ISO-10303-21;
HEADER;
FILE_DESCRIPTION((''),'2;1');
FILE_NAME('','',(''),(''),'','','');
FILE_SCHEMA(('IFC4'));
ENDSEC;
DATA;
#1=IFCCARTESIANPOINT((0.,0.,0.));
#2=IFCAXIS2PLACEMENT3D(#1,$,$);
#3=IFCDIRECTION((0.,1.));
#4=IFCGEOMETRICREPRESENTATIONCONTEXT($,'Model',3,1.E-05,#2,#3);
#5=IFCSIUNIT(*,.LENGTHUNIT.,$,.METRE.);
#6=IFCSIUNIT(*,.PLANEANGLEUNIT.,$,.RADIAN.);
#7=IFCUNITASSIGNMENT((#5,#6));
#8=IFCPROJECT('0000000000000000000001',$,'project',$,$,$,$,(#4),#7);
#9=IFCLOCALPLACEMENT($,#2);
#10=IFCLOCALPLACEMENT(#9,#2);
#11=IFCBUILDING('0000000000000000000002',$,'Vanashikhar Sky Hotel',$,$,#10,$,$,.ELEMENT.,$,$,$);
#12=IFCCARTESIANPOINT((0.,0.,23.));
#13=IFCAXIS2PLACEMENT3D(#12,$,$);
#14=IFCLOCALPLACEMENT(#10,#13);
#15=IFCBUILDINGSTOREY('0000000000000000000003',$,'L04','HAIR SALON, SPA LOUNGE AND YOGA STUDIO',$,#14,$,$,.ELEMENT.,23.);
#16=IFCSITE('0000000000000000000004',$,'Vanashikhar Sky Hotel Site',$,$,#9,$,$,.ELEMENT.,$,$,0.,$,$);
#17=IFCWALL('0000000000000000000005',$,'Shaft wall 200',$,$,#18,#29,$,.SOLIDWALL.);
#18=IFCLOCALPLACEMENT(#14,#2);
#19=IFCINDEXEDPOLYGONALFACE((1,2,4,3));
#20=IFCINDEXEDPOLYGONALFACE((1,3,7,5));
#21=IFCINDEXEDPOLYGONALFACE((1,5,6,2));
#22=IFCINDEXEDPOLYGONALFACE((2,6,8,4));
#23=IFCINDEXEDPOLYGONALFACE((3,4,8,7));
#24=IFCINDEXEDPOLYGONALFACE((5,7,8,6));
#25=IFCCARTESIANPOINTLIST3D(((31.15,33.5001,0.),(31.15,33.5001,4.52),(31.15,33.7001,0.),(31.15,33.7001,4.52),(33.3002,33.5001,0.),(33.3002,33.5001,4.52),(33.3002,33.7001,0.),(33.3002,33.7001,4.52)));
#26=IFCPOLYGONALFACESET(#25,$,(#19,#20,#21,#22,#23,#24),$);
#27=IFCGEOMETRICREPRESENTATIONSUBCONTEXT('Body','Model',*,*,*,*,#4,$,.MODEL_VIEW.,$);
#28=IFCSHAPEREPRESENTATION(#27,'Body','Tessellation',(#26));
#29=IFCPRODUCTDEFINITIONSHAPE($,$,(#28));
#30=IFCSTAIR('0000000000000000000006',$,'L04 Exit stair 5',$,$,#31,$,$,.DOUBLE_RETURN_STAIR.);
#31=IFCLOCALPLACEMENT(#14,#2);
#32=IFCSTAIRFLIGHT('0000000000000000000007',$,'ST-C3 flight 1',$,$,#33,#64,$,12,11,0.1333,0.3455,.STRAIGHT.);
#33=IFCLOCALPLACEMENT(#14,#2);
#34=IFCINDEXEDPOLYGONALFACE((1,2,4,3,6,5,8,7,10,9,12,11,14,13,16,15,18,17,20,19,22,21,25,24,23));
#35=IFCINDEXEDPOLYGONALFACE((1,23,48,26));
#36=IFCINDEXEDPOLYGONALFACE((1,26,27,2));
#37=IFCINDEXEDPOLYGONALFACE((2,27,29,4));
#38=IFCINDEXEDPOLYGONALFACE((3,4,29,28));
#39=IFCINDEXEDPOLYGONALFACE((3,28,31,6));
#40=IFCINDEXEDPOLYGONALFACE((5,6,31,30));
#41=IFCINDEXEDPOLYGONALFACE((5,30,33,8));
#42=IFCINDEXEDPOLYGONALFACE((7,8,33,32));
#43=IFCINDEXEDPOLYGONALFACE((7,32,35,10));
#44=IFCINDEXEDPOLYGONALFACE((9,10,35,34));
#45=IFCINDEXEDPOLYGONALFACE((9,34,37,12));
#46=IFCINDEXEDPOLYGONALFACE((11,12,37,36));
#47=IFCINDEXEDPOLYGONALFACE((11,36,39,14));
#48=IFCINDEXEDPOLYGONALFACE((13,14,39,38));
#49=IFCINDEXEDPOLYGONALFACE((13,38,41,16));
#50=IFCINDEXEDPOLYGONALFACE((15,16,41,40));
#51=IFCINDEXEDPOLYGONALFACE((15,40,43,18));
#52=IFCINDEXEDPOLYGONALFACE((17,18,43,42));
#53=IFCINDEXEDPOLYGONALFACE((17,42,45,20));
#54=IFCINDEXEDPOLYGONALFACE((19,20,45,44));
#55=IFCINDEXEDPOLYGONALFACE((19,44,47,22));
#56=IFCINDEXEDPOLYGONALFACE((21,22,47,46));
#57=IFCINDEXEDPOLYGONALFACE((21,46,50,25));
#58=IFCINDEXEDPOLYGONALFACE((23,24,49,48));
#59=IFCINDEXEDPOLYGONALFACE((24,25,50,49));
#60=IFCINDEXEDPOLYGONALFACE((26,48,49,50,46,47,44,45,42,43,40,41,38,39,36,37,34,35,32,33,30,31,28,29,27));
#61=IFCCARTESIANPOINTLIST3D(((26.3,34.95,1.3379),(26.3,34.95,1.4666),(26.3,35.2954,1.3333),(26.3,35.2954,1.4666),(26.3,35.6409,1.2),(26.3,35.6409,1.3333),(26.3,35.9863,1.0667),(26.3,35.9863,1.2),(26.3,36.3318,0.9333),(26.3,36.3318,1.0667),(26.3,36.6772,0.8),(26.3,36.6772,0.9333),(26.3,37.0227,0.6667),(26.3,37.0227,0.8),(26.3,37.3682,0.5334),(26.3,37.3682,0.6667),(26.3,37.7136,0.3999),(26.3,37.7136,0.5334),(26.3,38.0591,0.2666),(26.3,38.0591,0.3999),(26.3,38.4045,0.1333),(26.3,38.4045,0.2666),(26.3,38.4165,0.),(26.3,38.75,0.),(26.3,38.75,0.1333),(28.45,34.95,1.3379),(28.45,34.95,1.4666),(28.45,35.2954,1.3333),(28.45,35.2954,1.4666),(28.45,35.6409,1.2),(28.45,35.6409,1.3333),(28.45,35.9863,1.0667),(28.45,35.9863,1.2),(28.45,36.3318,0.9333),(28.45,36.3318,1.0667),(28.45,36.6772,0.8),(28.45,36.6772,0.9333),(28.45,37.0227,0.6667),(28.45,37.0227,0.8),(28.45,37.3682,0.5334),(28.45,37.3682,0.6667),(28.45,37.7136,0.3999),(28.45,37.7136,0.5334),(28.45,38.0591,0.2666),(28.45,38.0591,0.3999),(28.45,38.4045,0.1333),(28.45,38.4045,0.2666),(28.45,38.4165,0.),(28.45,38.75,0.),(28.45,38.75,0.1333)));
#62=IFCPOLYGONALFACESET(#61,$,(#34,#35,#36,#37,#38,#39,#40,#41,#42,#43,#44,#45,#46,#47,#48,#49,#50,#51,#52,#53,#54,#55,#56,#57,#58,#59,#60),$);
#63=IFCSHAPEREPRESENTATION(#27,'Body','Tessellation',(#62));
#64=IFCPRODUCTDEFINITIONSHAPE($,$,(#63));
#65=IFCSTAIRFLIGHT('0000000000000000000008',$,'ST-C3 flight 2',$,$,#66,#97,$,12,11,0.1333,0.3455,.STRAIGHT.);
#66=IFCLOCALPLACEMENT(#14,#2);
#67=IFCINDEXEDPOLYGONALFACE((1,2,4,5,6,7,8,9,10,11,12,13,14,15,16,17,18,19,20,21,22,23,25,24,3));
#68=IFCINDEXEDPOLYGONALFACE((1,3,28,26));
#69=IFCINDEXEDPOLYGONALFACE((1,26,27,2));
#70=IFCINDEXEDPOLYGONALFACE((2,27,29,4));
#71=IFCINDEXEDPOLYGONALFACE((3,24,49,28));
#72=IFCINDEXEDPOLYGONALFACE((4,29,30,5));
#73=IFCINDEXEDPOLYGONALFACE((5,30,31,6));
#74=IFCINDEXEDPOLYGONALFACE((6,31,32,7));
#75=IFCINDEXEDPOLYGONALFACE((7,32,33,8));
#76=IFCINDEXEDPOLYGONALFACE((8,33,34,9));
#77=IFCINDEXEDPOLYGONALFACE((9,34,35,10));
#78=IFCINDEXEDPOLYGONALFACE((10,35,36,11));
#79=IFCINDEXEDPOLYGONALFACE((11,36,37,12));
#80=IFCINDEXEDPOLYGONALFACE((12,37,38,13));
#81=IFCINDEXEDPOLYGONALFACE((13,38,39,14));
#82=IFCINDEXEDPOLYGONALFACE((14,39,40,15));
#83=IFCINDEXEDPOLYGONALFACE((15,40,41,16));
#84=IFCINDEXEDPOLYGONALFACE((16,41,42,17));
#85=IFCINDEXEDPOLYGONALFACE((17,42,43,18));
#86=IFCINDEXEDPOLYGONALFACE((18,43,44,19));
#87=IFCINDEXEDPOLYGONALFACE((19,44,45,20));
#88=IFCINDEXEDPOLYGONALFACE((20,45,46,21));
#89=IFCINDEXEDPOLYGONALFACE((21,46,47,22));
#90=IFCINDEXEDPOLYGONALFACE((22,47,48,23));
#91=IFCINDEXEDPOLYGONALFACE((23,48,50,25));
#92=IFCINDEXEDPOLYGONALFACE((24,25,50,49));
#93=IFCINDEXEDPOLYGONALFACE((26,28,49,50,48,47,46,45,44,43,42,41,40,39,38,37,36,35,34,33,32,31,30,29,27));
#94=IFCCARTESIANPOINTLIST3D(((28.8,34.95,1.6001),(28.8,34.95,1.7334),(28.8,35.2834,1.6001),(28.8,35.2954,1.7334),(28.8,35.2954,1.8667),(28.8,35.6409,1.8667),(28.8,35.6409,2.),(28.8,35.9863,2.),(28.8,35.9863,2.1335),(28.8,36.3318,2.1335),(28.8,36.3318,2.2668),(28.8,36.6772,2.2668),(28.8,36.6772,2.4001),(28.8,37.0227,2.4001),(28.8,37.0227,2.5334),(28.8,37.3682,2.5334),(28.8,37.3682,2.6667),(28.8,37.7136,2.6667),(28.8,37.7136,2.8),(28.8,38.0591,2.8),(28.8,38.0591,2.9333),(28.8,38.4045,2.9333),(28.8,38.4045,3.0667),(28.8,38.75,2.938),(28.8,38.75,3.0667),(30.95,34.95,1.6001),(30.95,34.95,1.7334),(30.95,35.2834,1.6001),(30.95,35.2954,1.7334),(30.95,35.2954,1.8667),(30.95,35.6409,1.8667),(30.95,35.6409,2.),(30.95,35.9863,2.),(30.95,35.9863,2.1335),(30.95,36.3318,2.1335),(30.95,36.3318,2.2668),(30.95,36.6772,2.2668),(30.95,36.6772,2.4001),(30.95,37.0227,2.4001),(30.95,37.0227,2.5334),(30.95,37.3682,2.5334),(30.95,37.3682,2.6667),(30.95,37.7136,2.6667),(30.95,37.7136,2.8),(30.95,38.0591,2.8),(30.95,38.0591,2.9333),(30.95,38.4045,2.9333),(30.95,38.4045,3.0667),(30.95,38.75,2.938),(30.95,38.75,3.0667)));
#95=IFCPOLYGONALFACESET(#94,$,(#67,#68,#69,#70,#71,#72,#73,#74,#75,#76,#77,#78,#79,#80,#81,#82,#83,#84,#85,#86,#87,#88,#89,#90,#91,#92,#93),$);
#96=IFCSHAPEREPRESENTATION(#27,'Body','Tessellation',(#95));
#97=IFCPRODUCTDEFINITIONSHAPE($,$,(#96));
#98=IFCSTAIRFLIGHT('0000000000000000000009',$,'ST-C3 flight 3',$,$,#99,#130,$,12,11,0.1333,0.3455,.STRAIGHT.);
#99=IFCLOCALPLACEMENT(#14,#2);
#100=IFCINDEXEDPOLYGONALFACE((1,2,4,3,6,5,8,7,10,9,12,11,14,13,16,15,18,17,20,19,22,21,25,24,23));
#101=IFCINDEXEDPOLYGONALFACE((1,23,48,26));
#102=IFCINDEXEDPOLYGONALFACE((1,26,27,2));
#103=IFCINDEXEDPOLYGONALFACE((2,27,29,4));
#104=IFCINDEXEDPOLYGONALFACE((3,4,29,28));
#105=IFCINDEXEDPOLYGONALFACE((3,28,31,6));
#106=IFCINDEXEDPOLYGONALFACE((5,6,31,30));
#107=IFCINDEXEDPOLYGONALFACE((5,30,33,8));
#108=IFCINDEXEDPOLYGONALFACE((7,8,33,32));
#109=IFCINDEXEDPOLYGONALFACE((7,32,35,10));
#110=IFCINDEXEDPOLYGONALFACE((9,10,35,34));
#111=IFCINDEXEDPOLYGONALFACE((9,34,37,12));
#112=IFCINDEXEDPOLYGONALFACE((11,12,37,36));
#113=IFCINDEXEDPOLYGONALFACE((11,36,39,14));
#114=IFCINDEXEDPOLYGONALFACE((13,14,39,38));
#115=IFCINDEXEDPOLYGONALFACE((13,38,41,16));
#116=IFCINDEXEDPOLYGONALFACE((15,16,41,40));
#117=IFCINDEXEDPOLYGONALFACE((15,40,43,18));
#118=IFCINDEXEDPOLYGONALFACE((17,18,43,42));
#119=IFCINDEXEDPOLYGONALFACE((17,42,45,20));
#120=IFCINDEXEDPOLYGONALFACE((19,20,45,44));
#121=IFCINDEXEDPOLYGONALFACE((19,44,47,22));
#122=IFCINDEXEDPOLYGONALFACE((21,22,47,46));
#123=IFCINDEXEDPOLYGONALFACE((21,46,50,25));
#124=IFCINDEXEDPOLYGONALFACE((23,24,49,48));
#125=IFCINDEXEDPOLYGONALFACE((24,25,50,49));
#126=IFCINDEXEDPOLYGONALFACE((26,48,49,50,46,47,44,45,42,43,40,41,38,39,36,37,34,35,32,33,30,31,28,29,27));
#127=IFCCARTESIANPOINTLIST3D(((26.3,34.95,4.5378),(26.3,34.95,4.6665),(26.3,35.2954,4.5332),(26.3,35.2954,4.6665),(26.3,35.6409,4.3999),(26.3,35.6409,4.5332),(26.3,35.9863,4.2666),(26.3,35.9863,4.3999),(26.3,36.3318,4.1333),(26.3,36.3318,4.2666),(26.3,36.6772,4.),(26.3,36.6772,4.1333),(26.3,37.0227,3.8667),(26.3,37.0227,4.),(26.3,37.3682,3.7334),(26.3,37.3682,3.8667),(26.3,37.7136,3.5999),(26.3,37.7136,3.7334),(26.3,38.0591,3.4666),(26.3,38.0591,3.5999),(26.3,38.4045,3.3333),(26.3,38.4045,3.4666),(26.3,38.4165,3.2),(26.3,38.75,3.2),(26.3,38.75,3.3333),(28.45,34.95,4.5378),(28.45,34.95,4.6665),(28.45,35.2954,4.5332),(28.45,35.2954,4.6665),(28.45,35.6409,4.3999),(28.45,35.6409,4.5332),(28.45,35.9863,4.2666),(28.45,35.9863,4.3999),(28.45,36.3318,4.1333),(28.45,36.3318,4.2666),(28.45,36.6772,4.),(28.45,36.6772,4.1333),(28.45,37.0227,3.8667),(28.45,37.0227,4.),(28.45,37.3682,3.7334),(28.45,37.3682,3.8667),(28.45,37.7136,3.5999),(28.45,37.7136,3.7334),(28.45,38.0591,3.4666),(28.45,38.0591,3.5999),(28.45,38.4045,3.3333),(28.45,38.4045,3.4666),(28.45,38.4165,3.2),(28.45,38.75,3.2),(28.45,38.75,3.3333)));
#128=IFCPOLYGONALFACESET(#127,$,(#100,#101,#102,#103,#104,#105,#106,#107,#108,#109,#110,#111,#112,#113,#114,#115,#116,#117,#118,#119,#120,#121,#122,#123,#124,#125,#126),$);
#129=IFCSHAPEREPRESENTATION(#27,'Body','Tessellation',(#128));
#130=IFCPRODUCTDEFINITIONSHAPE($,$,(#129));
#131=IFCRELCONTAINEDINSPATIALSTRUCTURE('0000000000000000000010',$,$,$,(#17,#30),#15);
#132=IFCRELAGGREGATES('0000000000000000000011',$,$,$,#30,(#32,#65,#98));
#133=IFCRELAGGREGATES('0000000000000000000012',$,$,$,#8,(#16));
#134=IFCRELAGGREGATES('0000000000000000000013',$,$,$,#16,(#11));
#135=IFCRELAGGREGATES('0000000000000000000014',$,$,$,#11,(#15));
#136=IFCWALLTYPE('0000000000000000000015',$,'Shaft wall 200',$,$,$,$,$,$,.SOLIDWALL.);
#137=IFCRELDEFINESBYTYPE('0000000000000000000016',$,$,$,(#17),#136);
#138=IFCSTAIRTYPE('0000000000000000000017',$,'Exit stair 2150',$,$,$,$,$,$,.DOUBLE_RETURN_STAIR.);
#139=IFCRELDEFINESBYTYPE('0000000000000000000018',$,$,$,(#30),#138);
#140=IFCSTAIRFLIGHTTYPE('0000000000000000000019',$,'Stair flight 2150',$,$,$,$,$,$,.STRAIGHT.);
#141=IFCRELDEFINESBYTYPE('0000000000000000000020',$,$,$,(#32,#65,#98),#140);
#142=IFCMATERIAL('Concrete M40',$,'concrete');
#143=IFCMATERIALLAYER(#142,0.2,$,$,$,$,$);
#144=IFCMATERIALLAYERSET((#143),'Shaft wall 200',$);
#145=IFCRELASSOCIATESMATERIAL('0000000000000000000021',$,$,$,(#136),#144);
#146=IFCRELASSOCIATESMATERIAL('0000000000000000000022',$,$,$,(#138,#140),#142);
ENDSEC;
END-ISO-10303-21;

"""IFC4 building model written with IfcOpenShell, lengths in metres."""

from ifc_helpers import new_model, si_unit, direction, frame, frame_2d, origin, place, context, subcontext, project, spatial, polyline, rectangle, outline, extrude, source, transform, mapped, material, layer, layer_set, type_object, element, aggregate, save


model = new_model("IFC4")

# Units and contexts
model_context = context("Model", 3, precision=1e-05, world=origin(), true_north=direction((0.0, 1.0)))
body_context = subcontext(model_context, "Body", "Model", "MODEL_VIEW")
ifc_project = project(units=[si_unit("LENGTHUNIT", "METRE"), si_unit("PLANEANGLEUNIT", "RADIAN")], contexts=[model_context])

# Site, building, storey
site_placement = place(None, origin())
site = spatial("IfcSite", under=ifc_project, at=site_placement, Name="Vanashikhar Sky Hotel Site", CompositionType="ELEMENT", RefElevation=0.0)
building_placement = place(site_placement, origin())
building = spatial("IfcBuilding", under=site, at=building_placement, Name="Vanashikhar Sky Hotel", CompositionType="ELEMENT")
storey_placement = place(building_placement, frame((0.0, 0.0, 23.0)))
storey = spatial("IfcBuildingStorey", under=building, at=storey_placement, Name="L04", Description="HAIR SALON, SPA LOUNGE AND YOGA STUDIO", CompositionType="ELEMENT", Elevation=23.0)

# Wall
ifc_material_1 = material(Name="Concrete M40", Category="concrete")
ifc_layer_1 = layer(ifc_material_1, 0.2)
ifc_layer_set_1 = layer_set([ifc_layer_1], Name="Shaft wall 200")
wall_type_1 = type_object("IfcWallType", Name="Shaft wall 200", PredefinedType="SOLIDWALL", material=ifc_layer_set_1)
shared_shape_1 = source(origin(), body_context, "Body", "SweptSolid", [
    extrude(rectangle(XDim=2.1501, YDim=0.2, at=frame_2d((1.0752, 0.0))), origin(), (0.0, 0.0, 1.0), 4.52),
])
wall_1_placement = place(storey_placement, frame((31.1499, 33.6001, 0.0), z_axis=(0.0, 0.0, 1.0), x_axis=(1.0, 0.0, 0.0)))
element("IfcWall", 1, at=wall_1_placement, inside=storey, type_object=wall_type_1, Name="Shaft wall 200", PredefinedType="SOLIDWALL", context=body_context, shape_type="MappedRepresentation", body=[
    mapped(shared_shape_1, transform((0.0, 0.0, 0.0), scale=1.0)),
])

# Stair, stair flights
stair_type = type_object("IfcStairType", Name="Exit stair 2150", PredefinedType="DOUBLE_RETURN_STAIR", material=ifc_material_1)
stair_placement = place(storey_placement, origin())
stair = element("IfcStair", 2, at=stair_placement, inside=storey, type_object=stair_type, Name="L04 Exit stair 5", PredefinedType="DOUBLE_RETURN_STAIR")
stair_flight_type = type_object("IfcStairFlightType", Name="Stair flight 2150", PredefinedType="STRAIGHT", material=ifc_material_1)
shared_shape_2 = source(origin(), body_context, "Body", "SweptSolid", [
    extrude(outline(polyline([(0.0, 0.0), (0.0, 0.1333), (0.3455, 0.1333), (0.3455, 0.2666), (0.6909, 0.2666), (0.6909, 0.3999), (1.0364, 0.3999), (1.0364, 0.5334), (1.3818, 0.5334), (1.3818, 0.6667), (1.7273, 0.6667), (1.7273, 0.8), (2.0728, 0.8), (2.0728, 0.9333), (2.4182, 0.9333), (2.4182, 1.0667), (2.7637, 1.0667), (2.7637, 1.2), (3.1091, 1.2), (3.1091, 1.3333), (3.4546, 1.3333), (3.4546, 1.4666), (3.8, 1.4666), (3.8, 1.6001), (3.8, 1.3379), (0.3335, 0.0), (0.0, 0.0)])), frame((0.0, 1.075, 0.0), z_axis=(0.0, -1.0, 0.0), x_axis=(1.0, 0.0, 0.0)), (0.0, 0.0, 1.0), 2.1499),
])
stair_flight_1_placement = place(storey_placement, frame((27.375, 38.75, 0.0), z_axis=(0.0, 0.0, 1.0), x_axis=(0.0, -1.0, 0.0)))
stair_flight_1 = element("IfcStairFlight", 3, at=stair_flight_1_placement, type_object=stair_flight_type, Name="ST-C3 flight 1", NumberOfRisers=12, NumberOfTreads=11, PredefinedType="STRAIGHT", RiserHeight=0.1333, TreadLength=0.3455, context=body_context, shape_type="MappedRepresentation", body=[
    mapped(shared_shape_2, transform((0.0, 0.0, 0.0), scale=1.0)),
])
stair_flight_2_placement = place(storey_placement, frame((29.875, 34.95, 1.6001), z_axis=(0.0, 0.0, 1.0), x_axis=(0.0, 1.0, 0.0)))
stair_flight_2 = element("IfcStairFlight", 4, at=stair_flight_2_placement, type_object=stair_flight_type, Name="ST-C3 flight 2", NumberOfRisers=12, NumberOfTreads=11, PredefinedType="STRAIGHT", RiserHeight=0.1333, TreadLength=0.3455, context=body_context, shape_type="MappedRepresentation", body=[
    mapped(shared_shape_2, transform((0.0, 0.0, 0.0), scale=1.0)),
])
stair_flight_3_placement = place(storey_placement, frame((27.375, 38.75, 3.2), z_axis=(0.0, 0.0, 1.0), x_axis=(0.0, -1.0, 0.0)))
stair_flight_3 = element("IfcStairFlight", 5, at=stair_flight_3_placement, type_object=stair_flight_type, Name="ST-C3 flight 3", NumberOfRisers=12, NumberOfTreads=11, PredefinedType="STRAIGHT", RiserHeight=0.1333, TreadLength=0.3455, context=body_context, shape_type="MappedRepresentation", body=[
    mapped(shared_shape_2, transform((0.0, 0.0, 0.0), scale=1.0)),
])
aggregate(stair, [stair_flight_1, stair_flight_2, stair_flight_3])

save(model, "model.ifc")
